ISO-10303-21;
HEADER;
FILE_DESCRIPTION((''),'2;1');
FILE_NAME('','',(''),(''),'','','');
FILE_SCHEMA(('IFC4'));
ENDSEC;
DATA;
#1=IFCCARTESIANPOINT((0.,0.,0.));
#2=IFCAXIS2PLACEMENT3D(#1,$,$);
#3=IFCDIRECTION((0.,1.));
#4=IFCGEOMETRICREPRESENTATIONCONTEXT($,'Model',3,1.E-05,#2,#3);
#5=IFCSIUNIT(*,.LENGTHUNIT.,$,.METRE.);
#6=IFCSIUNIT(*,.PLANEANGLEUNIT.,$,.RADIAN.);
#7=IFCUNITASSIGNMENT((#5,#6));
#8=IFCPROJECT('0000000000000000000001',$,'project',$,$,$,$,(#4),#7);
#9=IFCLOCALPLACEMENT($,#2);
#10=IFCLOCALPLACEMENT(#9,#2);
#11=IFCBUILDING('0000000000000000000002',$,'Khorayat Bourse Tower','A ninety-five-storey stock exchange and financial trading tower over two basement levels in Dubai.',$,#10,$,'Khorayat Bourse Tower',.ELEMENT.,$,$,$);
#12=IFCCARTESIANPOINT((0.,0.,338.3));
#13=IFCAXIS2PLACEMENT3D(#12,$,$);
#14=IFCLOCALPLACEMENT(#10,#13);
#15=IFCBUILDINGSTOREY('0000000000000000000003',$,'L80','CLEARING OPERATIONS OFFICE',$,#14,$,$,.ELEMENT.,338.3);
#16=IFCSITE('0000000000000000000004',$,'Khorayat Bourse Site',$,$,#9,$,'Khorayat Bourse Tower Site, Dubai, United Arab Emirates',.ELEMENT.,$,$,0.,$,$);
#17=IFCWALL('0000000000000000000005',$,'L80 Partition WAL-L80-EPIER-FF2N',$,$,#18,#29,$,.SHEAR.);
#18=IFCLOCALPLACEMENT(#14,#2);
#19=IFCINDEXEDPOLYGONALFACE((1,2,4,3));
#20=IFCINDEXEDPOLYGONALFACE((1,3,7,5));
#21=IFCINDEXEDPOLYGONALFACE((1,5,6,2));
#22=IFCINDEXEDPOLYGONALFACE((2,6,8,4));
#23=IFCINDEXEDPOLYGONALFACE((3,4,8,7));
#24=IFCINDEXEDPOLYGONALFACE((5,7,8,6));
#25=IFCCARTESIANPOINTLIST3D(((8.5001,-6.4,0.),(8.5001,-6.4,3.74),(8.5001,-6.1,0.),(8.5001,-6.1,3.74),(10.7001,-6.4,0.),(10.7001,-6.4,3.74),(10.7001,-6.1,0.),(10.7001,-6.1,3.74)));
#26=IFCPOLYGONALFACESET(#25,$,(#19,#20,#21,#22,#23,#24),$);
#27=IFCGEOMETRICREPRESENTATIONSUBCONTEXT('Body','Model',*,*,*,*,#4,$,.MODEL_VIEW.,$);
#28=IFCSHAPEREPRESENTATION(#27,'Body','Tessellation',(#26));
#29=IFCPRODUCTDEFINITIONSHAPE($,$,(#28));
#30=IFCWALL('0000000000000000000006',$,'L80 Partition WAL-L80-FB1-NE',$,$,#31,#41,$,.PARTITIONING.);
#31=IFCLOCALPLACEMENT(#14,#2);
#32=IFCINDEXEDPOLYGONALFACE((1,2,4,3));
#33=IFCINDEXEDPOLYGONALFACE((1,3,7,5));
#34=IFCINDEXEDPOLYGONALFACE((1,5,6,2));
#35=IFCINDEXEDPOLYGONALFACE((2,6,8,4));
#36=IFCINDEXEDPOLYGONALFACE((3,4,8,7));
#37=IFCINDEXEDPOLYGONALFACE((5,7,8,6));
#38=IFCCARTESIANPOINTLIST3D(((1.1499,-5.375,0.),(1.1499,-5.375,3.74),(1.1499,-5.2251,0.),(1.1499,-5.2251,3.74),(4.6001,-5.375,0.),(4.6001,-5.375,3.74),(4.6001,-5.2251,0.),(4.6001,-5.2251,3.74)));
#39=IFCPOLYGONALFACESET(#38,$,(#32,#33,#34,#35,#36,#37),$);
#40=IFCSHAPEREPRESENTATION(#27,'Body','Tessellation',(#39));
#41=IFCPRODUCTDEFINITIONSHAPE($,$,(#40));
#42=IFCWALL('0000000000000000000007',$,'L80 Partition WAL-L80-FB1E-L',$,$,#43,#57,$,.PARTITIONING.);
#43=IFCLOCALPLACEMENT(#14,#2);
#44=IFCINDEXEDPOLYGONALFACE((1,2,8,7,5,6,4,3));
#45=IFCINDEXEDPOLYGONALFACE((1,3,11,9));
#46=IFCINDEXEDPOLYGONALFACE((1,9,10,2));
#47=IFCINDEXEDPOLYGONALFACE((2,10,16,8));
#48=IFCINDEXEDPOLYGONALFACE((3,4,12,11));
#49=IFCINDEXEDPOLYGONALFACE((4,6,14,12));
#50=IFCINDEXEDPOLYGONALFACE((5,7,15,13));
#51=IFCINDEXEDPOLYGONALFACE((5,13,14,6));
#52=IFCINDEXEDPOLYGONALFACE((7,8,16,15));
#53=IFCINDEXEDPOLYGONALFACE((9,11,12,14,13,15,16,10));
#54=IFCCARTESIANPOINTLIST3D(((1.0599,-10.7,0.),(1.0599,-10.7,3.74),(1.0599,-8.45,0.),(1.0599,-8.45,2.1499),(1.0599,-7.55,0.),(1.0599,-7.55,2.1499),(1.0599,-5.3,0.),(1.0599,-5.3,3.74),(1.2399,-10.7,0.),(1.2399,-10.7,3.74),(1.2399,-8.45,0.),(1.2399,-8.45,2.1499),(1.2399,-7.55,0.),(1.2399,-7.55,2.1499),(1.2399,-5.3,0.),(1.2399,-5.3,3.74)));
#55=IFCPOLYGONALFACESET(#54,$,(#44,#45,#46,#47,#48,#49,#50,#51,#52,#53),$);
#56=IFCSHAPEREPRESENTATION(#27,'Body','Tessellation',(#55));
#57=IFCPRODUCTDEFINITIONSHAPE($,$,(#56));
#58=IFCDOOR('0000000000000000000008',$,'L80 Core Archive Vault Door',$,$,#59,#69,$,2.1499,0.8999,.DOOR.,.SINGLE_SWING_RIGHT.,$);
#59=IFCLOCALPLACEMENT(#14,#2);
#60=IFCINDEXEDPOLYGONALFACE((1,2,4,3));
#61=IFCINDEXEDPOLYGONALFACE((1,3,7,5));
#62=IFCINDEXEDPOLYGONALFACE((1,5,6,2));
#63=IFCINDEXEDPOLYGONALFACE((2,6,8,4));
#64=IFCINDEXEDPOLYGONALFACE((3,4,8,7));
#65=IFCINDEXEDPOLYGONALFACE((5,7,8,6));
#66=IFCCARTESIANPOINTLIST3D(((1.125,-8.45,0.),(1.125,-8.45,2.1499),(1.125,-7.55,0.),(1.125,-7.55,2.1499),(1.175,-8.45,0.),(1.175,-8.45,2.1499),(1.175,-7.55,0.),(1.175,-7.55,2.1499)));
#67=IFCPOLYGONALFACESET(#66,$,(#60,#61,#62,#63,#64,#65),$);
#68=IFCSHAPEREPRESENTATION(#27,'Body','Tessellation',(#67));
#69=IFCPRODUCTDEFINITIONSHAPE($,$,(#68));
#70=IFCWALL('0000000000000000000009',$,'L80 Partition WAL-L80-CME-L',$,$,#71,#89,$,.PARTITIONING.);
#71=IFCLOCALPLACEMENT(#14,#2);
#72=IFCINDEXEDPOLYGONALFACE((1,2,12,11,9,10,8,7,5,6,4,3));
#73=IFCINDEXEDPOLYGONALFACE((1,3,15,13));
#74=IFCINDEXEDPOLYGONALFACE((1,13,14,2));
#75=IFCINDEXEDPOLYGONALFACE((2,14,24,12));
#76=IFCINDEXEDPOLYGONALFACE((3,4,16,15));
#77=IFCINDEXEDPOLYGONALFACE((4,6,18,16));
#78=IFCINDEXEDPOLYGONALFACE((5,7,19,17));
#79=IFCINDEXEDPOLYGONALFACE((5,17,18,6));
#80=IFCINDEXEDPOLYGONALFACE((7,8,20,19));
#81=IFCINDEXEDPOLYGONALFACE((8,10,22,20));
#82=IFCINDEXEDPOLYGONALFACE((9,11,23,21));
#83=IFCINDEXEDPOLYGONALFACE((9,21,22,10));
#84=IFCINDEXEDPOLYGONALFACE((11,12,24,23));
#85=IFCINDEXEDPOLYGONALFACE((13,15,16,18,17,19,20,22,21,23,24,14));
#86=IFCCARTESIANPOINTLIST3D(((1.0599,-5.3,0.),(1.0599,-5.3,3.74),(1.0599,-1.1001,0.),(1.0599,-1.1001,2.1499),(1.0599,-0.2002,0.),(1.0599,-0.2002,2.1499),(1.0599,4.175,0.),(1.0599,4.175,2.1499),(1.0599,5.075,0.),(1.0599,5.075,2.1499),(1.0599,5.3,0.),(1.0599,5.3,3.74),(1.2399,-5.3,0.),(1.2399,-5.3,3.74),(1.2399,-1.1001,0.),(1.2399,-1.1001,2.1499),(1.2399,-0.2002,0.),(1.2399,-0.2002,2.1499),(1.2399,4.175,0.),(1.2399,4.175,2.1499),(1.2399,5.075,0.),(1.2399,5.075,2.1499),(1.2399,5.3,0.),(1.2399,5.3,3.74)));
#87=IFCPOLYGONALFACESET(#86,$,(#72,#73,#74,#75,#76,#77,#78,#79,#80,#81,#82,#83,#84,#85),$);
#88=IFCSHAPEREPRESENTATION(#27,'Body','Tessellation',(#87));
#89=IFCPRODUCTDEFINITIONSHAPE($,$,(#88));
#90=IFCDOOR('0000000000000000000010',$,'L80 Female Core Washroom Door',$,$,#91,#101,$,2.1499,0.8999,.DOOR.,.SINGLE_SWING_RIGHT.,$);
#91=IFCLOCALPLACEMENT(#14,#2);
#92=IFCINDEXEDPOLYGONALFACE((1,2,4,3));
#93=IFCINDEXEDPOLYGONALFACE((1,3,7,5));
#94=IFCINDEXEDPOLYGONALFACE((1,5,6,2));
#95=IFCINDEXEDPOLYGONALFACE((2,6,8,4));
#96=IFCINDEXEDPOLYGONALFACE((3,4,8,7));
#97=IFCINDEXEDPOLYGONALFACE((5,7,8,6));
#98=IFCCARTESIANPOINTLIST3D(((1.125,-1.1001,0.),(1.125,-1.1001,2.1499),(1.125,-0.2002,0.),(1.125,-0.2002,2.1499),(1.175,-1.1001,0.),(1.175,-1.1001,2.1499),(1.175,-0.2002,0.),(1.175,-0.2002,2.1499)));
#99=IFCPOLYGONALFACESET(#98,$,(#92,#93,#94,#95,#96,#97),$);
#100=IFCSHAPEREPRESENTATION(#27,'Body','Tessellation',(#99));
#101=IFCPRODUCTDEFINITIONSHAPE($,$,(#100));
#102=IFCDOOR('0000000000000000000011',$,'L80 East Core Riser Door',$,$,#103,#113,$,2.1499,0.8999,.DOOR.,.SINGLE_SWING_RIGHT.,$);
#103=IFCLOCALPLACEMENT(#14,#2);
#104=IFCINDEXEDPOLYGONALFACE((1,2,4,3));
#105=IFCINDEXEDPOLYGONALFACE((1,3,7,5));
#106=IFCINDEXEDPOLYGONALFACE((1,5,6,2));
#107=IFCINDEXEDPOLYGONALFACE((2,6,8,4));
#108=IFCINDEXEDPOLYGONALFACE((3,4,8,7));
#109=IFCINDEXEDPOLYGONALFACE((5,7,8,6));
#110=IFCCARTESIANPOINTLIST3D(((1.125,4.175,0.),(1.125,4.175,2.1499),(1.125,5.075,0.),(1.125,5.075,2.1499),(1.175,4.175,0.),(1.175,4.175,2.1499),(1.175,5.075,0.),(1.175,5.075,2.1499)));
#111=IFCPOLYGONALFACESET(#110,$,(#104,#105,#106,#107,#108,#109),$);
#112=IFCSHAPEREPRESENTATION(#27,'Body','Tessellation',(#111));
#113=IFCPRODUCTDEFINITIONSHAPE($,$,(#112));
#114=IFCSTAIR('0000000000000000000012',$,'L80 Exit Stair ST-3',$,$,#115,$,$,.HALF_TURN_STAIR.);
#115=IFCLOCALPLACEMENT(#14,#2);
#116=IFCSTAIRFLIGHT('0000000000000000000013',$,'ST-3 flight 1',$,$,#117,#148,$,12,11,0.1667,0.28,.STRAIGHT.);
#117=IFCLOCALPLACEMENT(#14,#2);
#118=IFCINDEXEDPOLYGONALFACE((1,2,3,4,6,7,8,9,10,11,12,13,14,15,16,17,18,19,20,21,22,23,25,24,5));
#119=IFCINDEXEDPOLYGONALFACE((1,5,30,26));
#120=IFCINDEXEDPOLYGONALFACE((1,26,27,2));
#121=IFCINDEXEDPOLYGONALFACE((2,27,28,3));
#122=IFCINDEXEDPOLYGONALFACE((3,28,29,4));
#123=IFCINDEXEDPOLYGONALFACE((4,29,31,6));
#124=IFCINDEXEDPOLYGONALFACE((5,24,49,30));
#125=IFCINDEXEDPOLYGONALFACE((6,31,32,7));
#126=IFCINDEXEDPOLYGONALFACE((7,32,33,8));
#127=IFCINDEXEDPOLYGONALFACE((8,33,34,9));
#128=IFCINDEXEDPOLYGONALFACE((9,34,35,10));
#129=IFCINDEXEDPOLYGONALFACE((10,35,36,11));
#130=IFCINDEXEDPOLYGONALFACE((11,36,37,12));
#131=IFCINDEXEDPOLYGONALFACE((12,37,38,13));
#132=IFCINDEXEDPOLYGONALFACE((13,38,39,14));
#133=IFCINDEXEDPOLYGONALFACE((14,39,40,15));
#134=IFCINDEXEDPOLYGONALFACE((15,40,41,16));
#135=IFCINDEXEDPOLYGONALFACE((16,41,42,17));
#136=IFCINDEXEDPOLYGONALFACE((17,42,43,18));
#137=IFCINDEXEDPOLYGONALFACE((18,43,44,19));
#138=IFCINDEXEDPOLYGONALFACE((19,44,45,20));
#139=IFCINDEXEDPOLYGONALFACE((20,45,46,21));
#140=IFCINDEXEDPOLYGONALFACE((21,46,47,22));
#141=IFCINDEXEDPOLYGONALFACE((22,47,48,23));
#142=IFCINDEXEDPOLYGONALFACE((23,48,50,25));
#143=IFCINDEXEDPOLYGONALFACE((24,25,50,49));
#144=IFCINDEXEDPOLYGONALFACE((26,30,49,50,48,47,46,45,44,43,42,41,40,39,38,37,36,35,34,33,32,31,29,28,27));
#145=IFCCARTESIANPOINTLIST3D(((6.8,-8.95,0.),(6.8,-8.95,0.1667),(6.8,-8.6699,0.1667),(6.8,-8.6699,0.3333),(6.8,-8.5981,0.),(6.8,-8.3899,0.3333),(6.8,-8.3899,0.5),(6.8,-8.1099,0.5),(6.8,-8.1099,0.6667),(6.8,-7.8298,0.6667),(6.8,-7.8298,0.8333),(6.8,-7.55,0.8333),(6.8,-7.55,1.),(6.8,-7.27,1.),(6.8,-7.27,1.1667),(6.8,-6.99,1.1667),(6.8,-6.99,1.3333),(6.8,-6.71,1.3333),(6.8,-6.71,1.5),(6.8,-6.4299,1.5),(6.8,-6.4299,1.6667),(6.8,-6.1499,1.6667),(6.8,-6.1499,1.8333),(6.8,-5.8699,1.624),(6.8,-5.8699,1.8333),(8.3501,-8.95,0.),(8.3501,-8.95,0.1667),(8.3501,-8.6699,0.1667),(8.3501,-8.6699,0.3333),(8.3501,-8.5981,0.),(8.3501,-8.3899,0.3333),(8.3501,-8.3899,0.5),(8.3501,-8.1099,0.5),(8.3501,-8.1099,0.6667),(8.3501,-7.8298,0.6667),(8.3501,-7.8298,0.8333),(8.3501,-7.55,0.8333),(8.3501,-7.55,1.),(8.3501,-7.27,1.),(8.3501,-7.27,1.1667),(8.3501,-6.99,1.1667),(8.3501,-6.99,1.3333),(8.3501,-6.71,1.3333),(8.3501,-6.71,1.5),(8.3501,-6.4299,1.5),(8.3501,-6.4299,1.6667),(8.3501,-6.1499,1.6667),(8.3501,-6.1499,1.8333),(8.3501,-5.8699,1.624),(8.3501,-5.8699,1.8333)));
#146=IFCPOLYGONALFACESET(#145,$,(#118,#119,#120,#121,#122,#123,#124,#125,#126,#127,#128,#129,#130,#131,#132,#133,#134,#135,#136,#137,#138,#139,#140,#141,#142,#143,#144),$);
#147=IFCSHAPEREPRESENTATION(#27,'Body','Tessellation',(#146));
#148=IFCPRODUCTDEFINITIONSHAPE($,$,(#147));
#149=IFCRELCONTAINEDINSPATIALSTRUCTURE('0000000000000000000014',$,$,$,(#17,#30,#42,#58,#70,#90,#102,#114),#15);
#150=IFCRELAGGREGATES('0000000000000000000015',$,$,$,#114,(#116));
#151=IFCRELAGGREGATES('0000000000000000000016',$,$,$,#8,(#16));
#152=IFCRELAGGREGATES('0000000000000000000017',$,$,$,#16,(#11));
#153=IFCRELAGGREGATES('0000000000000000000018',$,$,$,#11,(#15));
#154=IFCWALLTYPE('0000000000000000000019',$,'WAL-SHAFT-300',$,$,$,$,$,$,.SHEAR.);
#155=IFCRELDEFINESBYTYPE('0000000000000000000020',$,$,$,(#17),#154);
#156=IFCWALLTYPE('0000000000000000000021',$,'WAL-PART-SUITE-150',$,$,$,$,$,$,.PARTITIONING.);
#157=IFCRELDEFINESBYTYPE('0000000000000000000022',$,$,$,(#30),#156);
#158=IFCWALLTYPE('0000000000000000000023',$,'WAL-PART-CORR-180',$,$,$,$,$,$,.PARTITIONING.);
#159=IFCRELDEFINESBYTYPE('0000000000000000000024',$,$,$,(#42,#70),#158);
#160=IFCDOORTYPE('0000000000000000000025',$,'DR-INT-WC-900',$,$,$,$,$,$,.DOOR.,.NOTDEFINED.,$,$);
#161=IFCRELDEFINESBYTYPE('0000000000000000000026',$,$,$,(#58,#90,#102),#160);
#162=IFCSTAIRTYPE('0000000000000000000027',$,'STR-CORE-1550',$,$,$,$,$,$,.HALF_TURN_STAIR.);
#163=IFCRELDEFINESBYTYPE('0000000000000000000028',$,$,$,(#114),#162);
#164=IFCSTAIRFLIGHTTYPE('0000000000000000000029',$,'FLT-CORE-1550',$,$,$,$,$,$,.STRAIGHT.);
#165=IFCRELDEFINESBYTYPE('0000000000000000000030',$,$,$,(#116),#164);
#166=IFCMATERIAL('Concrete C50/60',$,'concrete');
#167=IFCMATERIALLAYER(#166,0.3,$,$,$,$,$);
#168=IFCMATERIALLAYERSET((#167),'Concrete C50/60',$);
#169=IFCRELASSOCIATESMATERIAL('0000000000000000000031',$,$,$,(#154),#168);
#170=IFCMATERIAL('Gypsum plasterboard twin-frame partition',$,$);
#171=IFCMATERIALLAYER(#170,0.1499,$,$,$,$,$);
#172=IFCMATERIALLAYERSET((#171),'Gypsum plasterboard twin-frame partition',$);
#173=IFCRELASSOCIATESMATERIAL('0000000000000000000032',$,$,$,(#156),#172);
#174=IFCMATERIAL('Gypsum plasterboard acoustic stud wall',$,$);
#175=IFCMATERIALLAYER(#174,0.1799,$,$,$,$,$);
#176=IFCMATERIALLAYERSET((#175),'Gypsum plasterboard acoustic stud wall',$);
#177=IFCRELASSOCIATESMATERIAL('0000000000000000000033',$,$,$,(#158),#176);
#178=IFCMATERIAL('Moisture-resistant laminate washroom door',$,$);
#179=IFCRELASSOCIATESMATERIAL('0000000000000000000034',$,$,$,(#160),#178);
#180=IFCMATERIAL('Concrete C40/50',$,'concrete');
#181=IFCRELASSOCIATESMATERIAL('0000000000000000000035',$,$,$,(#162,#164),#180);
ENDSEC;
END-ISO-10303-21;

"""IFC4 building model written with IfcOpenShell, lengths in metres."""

from ifc_helpers import new_model, si_unit, direction, frame, frame_2d, origin, place, context, subcontext, project, spatial, polyline, rectangle, outline, extrude, source, transform, mapped, material, layer, layer_set, type_object, element, fill, aggregate, save


model = new_model("IFC4")

# Units and contexts
model_context = context("Model", 3, precision=1e-05, world=origin(), true_north=direction((0.0, 1.0)))
body_context = subcontext(model_context, "Body", "Model", "MODEL_VIEW")
ifc_project = project(units=[si_unit("LENGTHUNIT", "METRE"), si_unit("PLANEANGLEUNIT", "RADIAN")], contexts=[model_context])

# Site, building, storey
site_placement = place(None, origin())
site = spatial("IfcSite", under=ifc_project, at=site_placement, Name="Khorayat Bourse Site", LongName="Khorayat Bourse Tower Site, Dubai, United Arab Emirates", CompositionType="ELEMENT", RefElevation=0.0)
building_placement = place(site_placement, origin())
building = spatial("IfcBuilding", under=site, at=building_placement, Name="Khorayat Bourse Tower", Description="A ninety-five-storey stock exchange and financial trading tower over two basement levels in Dubai.", LongName="Khorayat Bourse Tower", CompositionType="ELEMENT")
storey_placement = place(building_placement, frame((0.0, 0.0, 338.3)))
storey = spatial("IfcBuildingStorey", under=building, at=storey_placement, Name="L80", Description="CLEARING OPERATIONS OFFICE", CompositionType="ELEMENT", Elevation=338.3)

# Walls
ifc_material_1 = material(Name="Concrete C50/60", Category="concrete")
ifc_layer_1 = layer(ifc_material_1, 0.3)
ifc_layer_set_1 = layer_set([ifc_layer_1], Name="Concrete C50/60")
wall_type_1 = type_object("IfcWallType", Name="WAL-SHAFT-300", PredefinedType="SHEAR", material=ifc_layer_set_1)
shared_shape_1 = source(origin(), body_context, "Body", "SweptSolid", [
    extrude(rectangle(XDim=2.2, YDim=0.3, at=frame_2d((1.1001, 0.0))), origin(), (0.0, 0.0, 1.0), 3.74),
])
for number, where, z_axis, x_axis, name in (
    (1, (8.5, -6.25, 0.0), (0.0, 0.0, 1.0), (1.0, 0.0, 0.0), "L80 Partition WAL-L80-EPIER-FF2N"),
):
    element("IfcWall", number, at=place(storey_placement, frame(where, z_axis=z_axis, x_axis=x_axis)), inside=storey, type_object=wall_type_1, Name=name, PredefinedType="SHEAR", context=body_context, shape_type="MappedRepresentation", body=[
        mapped(shared_shape_1, transform((0.0, 0.0, 0.0), scale=1.0)),
    ])
ifc_material_2 = material(Name="Gypsum plasterboard twin-frame partition")
ifc_layer_2 = layer(ifc_material_2, 0.1499)
ifc_layer_set_2 = layer_set([ifc_layer_2], Name="Gypsum plasterboard twin-frame partition")
wall_type_2 = type_object("IfcWallType", Name="WAL-PART-SUITE-150", PredefinedType="PARTITIONING", material=ifc_layer_set_2)
shared_shape_2 = source(origin(), body_context, "Body", "SweptSolid", [
    extrude(rectangle(XDim=3.4502, YDim=0.1499, at=frame_2d((1.7251, 0.0))), origin(), (0.0, 0.0, 1.0), 3.74),
])
wall_1_placement = place(storey_placement, frame((1.1499, -5.3, 0.0), z_axis=(0.0, 0.0, 1.0), x_axis=(1.0, 0.0, 0.0)))
element("IfcWall", 2, at=wall_1_placement, inside=storey, type_object=wall_type_2, Name="L80 Partition WAL-L80-FB1-NE", PredefinedType="PARTITIONING", context=body_context, shape_type="MappedRepresentation", body=[
    mapped(shared_shape_2, transform((0.0, 0.0, 0.0), scale=1.0)),
])

# Shared definitions
ifc_material_3 = material(Name="Gypsum plasterboard acoustic stud wall")
ifc_layer_3 = layer(ifc_material_3, 0.1799)
ifc_layer_set_3 = layer_set([ifc_layer_3], Name="Gypsum plasterboard acoustic stud wall")
wall_type_3 = type_object("IfcWallType", Name="WAL-PART-CORR-180", PredefinedType="PARTITIONING", material=ifc_layer_set_3)
shared_shape_3 = source(origin(), body_context, "Body", "SweptSolid", [
    extrude(rectangle(XDim=5.3999, YDim=0.1799, at=frame_2d((2.7, 0.0))), origin(), (0.0, 0.0, 1.0), 3.74),
])
shared_shape_4 = source(origin(), body_context, "Body", "SweptSolid", [
    extrude(rectangle(XDim=0.8999, YDim=2.1499, at=frame_2d((0.45, 1.075))), frame((0.0, 0.0999, 0.0), z_axis=(0.0, -1.0, 0.0), x_axis=(1.0, 0.0, 0.0)), (0.0, 0.0, 1.0), 0.2),
])
ifc_material_4 = material(Name="Moisture-resistant laminate washroom door")
door_type = type_object("IfcDoorType", Name="DR-INT-WC-900", OperationType="NOTDEFINED", PredefinedType="DOOR", material=ifc_material_4)
shared_shape_5 = source(origin(), body_context, "Body", "SweptSolid", [
    extrude(rectangle(XDim=0.8999, YDim=2.1499, at=frame_2d((0.45, 1.075))), frame((0.0, 0.0249, 0.0), z_axis=(0.0, -1.0, 0.0), x_axis=(1.0, 0.0, 0.0)), (0.0, 0.0, 1.0), 0.05),
])

# Wall, opening, door
wall_2_placement = place(storey_placement, frame((1.1499, -10.7, 0.0), z_axis=(0.0, 0.0, 1.0), x_axis=(0.0, 1.0, 0.0)))
wall_2 = element("IfcWall", 3, at=wall_2_placement, inside=storey, type_object=wall_type_3, Name="L80 Partition WAL-L80-FB1E-L", PredefinedType="PARTITIONING", context=body_context, shape_type="MappedRepresentation", body=[
    mapped(shared_shape_3, transform((0.0, 0.0, 0.0), scale=1.0)),
])
opening_1_placement = place(wall_2_placement, frame((2.25, 0.0, 0.0)))
opening_1 = element("IfcOpeningElement", 4, at=opening_1_placement, cuts=wall_2, PredefinedType="OPENING", context=body_context, shape_type="MappedRepresentation", body=[
    mapped(shared_shape_4, transform((0.0, 0.0, 0.0), scale=1.0)),
])
door_1_placement = place(opening_1_placement, origin())
door_1 = element("IfcDoor", 5, at=door_1_placement, inside=storey, type_object=door_type, Name="L80 Core Archive Vault Door", OperationType="SINGLE_SWING_RIGHT", OverallHeight=2.1499, OverallWidth=0.8999, PredefinedType="DOOR", context=body_context, shape_type="MappedRepresentation", body=[
    mapped(shared_shape_5, transform((0.0, 0.0, 0.0), scale=1.0)),
])
fill(opening_1, door_1)

# Wall, openings, doors
shared_shape_6 = source(origin(), body_context, "Body", "SweptSolid", [
    extrude(rectangle(XDim=10.6001, YDim=0.1799, at=frame_2d((5.3, 0.0))), origin(), (0.0, 0.0, 1.0), 3.74),
])
wall_3_placement = place(storey_placement, frame((1.1499, -5.3, 0.0), z_axis=(0.0, 0.0, 1.0), x_axis=(0.0, 1.0, 0.0)))
wall_3 = element("IfcWall", 6, at=wall_3_placement, inside=storey, type_object=wall_type_3, Name="L80 Partition WAL-L80-CME-L", PredefinedType="PARTITIONING", context=body_context, shape_type="MappedRepresentation", body=[
    mapped(shared_shape_6, transform((0.0, 0.0, 0.0), scale=1.0)),
])
opening_2_placement = place(wall_3_placement, frame((4.2, 0.0, 0.0)))
opening_2 = element("IfcOpeningElement", 7, at=opening_2_placement, cuts=wall_3, PredefinedType="OPENING", context=body_context, shape_type="MappedRepresentation", body=[
    mapped(shared_shape_4, transform((0.0, 0.0, 0.0), scale=1.0)),
])
opening_3_placement = place(wall_3_placement, frame((9.4751, 0.0, 0.0)))
opening_3 = element("IfcOpeningElement", 8, at=opening_3_placement, cuts=wall_3, PredefinedType="OPENING", context=body_context, shape_type="MappedRepresentation", body=[
    mapped(shared_shape_4, transform((0.0, 0.0, 0.0), scale=1.0)),
])
door_2_placement = place(opening_2_placement, origin())
door_2 = element("IfcDoor", 9, at=door_2_placement, inside=storey, type_object=door_type, Name="L80 Female Core Washroom Door", OperationType="SINGLE_SWING_RIGHT", OverallHeight=2.1499, OverallWidth=0.8999, PredefinedType="DOOR", context=body_context, shape_type="MappedRepresentation", body=[
    mapped(shared_shape_5, transform((0.0, 0.0, 0.0), scale=1.0)),
])
fill(opening_2, door_2)
door_3_placement = place(opening_3_placement, origin())
door_3 = element("IfcDoor", 10, at=door_3_placement, inside=storey, type_object=door_type, Name="L80 East Core Riser Door", OperationType="SINGLE_SWING_RIGHT", OverallHeight=2.1499, OverallWidth=0.8999, PredefinedType="DOOR", context=body_context, shape_type="MappedRepresentation", body=[
    mapped(shared_shape_5, transform((0.0, 0.0, 0.0), scale=1.0)),
])
fill(opening_3, door_3)

# Stair, stair flight
ifc_material_5 = material(Name="Concrete C40/50", Category="concrete")
stair_type = type_object("IfcStairType", Name="STR-CORE-1550", PredefinedType="HALF_TURN_STAIR", material=ifc_material_5)
stair_placement = place(storey_placement, origin())
stair = element("IfcStair", 11, at=stair_placement, inside=storey, type_object=stair_type, Name="L80 Exit Stair ST-3", PredefinedType="HALF_TURN_STAIR")
stair_flight_type = type_object("IfcStairFlightType", Name="FLT-CORE-1550", PredefinedType="STRAIGHT", material=ifc_material_5)
shared_shape_7 = source(origin(), body_context, "Body", "SweptSolid", [
    extrude(outline(polyline([(0.0, 0.0), (0.0, 0.1667), (0.28, 0.1667), (0.28, 0.3333), (0.5601, 0.3333), (0.5601, 0.5), (0.8401, 0.5), (0.8401, 0.6667), (1.1201, 0.6667), (1.1201, 0.8333), (1.3999, 0.8333), (1.3999, 1.0), (1.6799, 1.0), (1.6799, 1.1667), (1.96, 1.1667), (1.96, 1.3333), (2.24, 1.3333), (2.24, 1.5), (2.52, 1.5), (2.52, 1.6667), (2.8, 1.6667), (2.8, 1.8333), (3.0801, 1.8333), (3.0801, 2.0), (3.0801, 1.624), (0.3518, 0.0), (0.0, 0.0)])), frame((0.0, 0.7749, 0.0), z_axis=(0.0, -1.0, 0.0), x_axis=(1.0, 0.0, 0.0)), (0.0, 0.0, 1.0), 1.55),
])
stair_flight_1_placement = place(storey_placement, frame((7.575, -8.95, 0.0), z_axis=(0.0, 0.0, 1.0), x_axis=(0.0, 1.0, 0.0)))
stair_flight_1 = element("IfcStairFlight", 12, at=stair_flight_1_placement, type_object=stair_flight_type, Name="ST-3 flight 1", NumberOfRisers=12, NumberOfTreads=11, PredefinedType="STRAIGHT", RiserHeight=0.1667, TreadLength=0.28, context=body_context, shape_type="MappedRepresentation", body=[
    mapped(shared_shape_7, transform((0.0, 0.0, 0.0), scale=1.0)),
])
aggregate(stair, [stair_flight_1])

save(model, "model.ifc")
